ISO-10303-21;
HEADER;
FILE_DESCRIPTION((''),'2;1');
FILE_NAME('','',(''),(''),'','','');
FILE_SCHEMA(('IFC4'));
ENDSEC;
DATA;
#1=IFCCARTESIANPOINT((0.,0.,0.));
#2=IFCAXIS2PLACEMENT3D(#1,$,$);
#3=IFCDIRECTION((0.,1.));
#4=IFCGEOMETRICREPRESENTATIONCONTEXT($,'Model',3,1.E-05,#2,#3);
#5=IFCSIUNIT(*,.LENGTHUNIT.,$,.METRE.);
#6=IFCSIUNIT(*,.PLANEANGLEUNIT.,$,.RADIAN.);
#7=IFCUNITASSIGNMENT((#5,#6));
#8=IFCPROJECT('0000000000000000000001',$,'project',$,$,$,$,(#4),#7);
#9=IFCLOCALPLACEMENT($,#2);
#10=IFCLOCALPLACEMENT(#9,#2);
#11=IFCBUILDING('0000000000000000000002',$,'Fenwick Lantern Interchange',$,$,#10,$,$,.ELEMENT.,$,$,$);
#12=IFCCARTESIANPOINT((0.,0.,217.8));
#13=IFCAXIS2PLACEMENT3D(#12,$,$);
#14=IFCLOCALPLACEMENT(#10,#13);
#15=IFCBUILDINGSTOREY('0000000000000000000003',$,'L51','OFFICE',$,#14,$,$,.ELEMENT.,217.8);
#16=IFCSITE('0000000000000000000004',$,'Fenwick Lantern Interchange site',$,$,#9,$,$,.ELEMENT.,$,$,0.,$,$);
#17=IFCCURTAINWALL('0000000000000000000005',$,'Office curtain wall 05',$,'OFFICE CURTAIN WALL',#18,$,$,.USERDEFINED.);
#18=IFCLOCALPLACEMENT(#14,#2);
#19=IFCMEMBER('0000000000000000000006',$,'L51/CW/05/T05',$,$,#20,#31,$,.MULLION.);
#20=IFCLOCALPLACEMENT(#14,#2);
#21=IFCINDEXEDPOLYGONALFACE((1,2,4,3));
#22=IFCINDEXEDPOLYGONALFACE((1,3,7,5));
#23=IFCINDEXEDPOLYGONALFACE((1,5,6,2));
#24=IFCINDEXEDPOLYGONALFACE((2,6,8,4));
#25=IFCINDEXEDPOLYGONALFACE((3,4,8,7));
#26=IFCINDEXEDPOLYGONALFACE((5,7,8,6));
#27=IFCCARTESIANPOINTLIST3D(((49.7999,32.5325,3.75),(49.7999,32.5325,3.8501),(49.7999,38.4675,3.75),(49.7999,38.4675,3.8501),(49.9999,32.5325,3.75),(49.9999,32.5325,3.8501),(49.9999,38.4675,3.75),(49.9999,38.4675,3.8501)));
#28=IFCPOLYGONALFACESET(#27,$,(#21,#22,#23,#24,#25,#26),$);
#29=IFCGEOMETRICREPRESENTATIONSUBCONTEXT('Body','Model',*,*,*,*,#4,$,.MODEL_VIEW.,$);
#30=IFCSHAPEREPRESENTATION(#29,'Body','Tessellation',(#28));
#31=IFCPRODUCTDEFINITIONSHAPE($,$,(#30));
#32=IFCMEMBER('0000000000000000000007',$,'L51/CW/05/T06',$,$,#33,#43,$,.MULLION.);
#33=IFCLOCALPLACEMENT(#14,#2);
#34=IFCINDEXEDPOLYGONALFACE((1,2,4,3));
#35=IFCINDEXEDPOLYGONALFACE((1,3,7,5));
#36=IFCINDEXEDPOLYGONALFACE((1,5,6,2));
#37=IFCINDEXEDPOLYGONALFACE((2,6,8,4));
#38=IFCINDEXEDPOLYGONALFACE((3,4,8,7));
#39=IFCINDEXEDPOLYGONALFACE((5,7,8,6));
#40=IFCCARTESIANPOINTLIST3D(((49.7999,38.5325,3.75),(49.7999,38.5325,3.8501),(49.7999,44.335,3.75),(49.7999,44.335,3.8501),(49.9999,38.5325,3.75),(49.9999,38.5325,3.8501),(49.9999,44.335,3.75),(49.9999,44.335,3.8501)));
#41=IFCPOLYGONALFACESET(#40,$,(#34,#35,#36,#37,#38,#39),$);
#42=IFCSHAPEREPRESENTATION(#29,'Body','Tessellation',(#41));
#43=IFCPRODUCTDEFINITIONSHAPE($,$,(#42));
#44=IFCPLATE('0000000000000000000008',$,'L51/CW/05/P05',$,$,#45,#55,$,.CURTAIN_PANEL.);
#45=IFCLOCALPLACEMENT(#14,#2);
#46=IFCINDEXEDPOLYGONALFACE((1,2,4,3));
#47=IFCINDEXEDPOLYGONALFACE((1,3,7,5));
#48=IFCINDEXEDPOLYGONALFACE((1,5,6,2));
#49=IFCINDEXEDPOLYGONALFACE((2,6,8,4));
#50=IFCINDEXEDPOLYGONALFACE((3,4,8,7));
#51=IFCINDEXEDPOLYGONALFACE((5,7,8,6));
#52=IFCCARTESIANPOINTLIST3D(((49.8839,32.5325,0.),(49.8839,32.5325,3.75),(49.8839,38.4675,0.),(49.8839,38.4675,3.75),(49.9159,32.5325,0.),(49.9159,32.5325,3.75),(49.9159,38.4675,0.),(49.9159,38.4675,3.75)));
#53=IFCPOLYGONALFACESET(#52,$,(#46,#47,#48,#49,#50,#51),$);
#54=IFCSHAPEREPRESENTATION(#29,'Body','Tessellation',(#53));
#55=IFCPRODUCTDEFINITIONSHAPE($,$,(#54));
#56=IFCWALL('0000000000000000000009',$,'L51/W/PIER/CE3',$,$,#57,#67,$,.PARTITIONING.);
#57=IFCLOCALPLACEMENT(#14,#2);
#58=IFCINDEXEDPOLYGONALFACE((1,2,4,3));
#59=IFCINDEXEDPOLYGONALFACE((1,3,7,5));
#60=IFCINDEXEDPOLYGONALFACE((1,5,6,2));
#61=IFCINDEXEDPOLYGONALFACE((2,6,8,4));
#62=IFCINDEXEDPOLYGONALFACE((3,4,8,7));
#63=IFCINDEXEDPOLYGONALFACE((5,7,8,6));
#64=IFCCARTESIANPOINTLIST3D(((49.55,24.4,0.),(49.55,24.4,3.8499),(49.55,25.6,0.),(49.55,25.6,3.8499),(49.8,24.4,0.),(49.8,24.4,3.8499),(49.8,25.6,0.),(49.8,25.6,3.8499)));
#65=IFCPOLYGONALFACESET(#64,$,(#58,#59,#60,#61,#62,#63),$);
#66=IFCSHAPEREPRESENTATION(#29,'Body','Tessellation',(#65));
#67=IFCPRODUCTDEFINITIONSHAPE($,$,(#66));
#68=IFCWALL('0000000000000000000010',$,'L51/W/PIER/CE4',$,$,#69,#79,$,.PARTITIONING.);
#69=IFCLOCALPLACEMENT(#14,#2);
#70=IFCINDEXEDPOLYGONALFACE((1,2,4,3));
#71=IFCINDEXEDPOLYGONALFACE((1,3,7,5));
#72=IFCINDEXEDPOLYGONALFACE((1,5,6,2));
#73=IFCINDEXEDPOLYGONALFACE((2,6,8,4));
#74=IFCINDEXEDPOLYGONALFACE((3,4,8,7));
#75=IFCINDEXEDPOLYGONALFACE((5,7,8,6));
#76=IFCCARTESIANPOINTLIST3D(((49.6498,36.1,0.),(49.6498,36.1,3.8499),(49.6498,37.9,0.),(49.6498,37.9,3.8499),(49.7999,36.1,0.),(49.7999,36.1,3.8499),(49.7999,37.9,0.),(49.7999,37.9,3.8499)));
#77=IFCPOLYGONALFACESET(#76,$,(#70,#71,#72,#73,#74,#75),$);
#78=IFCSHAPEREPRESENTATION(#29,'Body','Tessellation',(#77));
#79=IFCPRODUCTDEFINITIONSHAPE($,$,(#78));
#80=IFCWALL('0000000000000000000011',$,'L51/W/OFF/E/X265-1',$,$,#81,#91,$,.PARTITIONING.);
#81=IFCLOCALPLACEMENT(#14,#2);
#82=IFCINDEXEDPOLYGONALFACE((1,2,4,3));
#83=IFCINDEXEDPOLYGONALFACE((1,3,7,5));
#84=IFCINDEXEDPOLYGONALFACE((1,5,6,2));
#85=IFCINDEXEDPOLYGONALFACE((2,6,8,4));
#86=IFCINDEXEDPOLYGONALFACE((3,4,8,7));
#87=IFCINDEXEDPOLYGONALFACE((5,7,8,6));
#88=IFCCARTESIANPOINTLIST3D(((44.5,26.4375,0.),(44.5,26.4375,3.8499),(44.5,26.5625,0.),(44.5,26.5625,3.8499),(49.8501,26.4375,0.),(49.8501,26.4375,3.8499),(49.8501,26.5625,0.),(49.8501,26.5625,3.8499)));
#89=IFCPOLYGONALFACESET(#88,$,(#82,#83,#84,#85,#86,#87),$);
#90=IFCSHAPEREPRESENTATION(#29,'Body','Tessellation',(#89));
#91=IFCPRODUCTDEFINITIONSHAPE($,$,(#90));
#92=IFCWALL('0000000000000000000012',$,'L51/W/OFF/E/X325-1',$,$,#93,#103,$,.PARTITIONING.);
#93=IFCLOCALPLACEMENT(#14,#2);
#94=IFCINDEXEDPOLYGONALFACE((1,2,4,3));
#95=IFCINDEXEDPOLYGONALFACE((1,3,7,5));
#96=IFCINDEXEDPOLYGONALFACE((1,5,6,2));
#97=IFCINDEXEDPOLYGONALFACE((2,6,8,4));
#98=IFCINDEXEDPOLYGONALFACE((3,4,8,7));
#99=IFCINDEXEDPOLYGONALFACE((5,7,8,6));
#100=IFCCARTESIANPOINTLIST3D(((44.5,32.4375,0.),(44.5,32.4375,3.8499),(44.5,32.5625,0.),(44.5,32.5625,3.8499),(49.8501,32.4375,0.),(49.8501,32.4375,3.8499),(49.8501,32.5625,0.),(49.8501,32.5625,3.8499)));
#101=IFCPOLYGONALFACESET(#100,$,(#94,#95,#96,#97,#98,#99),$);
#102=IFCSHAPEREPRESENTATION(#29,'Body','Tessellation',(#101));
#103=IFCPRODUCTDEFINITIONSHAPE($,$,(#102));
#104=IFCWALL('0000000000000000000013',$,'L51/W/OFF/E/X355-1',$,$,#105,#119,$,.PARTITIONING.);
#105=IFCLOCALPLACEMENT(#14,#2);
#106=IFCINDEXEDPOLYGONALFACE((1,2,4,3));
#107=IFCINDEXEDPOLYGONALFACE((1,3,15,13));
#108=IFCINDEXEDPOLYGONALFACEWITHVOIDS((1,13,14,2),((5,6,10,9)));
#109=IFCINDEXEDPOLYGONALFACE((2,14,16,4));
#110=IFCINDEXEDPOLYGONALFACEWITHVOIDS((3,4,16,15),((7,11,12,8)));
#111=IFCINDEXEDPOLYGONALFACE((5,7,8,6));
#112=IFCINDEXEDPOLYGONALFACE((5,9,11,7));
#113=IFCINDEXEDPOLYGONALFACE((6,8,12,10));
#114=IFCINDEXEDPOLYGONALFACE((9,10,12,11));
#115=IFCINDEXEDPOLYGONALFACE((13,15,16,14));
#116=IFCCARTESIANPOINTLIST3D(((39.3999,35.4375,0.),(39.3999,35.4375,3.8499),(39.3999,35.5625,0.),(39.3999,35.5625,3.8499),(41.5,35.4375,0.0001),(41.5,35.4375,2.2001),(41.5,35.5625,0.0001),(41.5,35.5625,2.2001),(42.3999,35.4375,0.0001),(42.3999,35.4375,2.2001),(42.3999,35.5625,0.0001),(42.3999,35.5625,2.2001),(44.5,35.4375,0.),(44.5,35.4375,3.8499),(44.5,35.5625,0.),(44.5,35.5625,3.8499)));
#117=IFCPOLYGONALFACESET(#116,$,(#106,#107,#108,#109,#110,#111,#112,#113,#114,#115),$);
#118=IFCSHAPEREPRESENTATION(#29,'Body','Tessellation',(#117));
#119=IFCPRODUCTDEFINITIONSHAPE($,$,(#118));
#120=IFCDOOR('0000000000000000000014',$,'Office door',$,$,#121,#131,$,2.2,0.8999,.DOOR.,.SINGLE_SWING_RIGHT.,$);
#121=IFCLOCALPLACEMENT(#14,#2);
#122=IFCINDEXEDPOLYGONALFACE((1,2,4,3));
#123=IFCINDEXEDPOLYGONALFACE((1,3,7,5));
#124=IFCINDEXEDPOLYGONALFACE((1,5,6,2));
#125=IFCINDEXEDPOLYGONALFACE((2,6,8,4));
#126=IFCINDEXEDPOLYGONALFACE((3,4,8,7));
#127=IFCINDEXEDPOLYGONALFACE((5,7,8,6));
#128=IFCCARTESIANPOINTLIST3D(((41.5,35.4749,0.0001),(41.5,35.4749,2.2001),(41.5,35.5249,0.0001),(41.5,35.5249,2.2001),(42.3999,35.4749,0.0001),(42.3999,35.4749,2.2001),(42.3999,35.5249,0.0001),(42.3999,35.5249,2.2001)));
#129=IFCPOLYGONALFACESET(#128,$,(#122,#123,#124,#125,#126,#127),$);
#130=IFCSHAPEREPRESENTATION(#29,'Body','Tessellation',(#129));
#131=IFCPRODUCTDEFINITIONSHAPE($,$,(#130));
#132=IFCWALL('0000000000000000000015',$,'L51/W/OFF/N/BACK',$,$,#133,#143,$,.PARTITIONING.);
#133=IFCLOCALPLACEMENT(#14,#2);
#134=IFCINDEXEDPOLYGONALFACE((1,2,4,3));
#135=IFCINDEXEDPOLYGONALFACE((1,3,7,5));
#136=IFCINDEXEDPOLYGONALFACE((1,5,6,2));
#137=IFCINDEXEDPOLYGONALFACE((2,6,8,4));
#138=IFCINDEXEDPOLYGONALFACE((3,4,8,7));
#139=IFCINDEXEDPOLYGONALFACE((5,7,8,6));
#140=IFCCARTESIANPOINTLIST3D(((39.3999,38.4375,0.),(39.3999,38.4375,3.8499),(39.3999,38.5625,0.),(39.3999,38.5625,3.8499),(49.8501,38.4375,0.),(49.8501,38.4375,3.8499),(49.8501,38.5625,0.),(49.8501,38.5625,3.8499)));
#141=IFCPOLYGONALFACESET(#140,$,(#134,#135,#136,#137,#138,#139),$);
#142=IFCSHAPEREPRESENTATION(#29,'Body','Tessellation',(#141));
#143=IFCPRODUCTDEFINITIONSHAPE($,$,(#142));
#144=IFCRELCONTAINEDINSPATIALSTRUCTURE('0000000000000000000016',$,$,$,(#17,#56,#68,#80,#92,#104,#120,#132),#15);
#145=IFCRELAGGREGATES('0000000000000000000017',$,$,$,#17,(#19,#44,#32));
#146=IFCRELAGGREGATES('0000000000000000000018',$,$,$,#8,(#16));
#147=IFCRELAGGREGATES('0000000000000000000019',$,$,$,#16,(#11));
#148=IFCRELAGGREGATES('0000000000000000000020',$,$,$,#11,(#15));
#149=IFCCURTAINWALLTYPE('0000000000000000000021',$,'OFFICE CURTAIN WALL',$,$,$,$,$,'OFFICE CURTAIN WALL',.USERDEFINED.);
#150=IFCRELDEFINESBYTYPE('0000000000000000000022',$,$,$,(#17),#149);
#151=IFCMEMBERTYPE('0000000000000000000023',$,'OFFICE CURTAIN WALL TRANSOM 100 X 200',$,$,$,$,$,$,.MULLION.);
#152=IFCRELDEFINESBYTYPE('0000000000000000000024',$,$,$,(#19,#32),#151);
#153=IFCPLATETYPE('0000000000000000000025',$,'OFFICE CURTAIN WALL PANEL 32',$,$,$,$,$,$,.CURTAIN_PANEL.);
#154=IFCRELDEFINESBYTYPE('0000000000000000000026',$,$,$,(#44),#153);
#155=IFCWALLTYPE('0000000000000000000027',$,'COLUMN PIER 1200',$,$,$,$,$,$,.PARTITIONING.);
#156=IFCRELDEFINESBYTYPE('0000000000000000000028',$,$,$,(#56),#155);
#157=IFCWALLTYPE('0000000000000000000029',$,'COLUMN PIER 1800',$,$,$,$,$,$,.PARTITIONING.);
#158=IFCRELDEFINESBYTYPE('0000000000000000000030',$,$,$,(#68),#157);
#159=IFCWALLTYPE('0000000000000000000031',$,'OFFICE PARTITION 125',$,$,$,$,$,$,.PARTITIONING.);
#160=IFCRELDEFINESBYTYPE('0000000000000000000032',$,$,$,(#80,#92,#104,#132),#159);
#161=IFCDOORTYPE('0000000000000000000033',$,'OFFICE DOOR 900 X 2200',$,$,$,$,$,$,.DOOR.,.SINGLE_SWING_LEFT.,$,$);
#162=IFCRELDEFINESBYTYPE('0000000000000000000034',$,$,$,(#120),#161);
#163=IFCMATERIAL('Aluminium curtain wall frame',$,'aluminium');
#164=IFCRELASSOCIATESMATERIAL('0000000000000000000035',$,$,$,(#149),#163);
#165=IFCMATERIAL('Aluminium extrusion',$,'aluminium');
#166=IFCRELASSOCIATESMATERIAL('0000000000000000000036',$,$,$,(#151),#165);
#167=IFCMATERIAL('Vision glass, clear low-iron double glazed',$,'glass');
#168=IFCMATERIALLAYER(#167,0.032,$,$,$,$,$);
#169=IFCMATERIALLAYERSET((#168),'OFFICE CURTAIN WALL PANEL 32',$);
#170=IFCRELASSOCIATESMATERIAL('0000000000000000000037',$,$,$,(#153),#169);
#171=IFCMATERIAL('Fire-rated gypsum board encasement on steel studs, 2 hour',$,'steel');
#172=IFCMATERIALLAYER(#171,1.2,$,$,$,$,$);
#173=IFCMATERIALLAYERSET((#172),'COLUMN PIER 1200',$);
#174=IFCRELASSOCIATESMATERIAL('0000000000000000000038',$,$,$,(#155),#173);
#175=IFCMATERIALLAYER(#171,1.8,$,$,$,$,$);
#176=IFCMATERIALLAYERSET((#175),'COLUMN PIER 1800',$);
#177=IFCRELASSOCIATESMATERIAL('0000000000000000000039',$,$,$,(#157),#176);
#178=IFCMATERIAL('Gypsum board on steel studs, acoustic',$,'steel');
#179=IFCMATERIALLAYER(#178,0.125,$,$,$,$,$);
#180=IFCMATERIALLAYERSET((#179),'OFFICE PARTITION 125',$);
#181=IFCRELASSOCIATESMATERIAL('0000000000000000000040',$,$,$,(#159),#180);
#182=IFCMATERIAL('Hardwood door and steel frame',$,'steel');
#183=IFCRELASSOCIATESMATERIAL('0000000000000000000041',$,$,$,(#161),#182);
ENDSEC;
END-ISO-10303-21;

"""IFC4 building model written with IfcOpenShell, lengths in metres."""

from ifc_helpers import new_model, si_unit, direction, frame, frame_2d, origin, origin_2d, place, context, subcontext, project, spatial, rectangle, extrude, material, layer, layer_set, material_profile, profile_set, type_object, element, fill, aggregate, save


model = new_model("IFC4")

# Units and contexts
model_context = context("Model", 3, precision=1e-05, world=origin(), true_north=direction((0.0, 1.0)))
body_context = subcontext(model_context, "Body", "Model", "MODEL_VIEW")
ifc_project = project(units=[si_unit("LENGTHUNIT", "METRE"), si_unit("PLANEANGLEUNIT", "RADIAN")], contexts=[model_context])

# Site, building, storey
site_placement = place(None, origin())
site = spatial("IfcSite", under=ifc_project, at=site_placement, Name="Fenwick Lantern Interchange site", CompositionType="ELEMENT", RefElevation=0.0)
building_placement = place(site_placement, origin())
building = spatial("IfcBuilding", under=site, at=building_placement, Name="Fenwick Lantern Interchange", CompositionType="ELEMENT")
storey_placement = place(building_placement, frame((0.0, 0.0, 217.8)))
storey = spatial("IfcBuildingStorey", under=building, at=storey_placement, Name="L51", Description="OFFICE", CompositionType="ELEMENT", Elevation=217.8)

# Curtain wall, members, plate
ifc_material_1 = material(Name="Aluminium curtain wall frame", Category="aluminium")
curtain_wall_type = type_object("IfcCurtainWallType", Name="OFFICE CURTAIN WALL", ElementType="OFFICE CURTAIN WALL", PredefinedType="USERDEFINED", material=ifc_material_1)
curtain_wall_placement = place(storey_placement, origin())
curtain_wall = element("IfcCurtainWall", 1, at=curtain_wall_placement, inside=storey, type_object=curtain_wall_type, Name="Office curtain wall 05", ObjectType="OFFICE CURTAIN WALL", PredefinedType="USERDEFINED")
ifc_material_2 = material(Name="Aluminium extrusion", Category="aluminium")
ifc_material_profile_1 = material_profile(ifc_material_2, rectangle(XDim=0.2, YDim=0.1001, at=origin_2d()), Name="OFFICE CURTAIN WALL TRANSOM 100 X 200")
ifc_profile_set_1 = profile_set([ifc_material_profile_1], Name="Aluminium extrusion")
member_type_1 = type_object("IfcMemberType", Name="OFFICE CURTAIN WALL TRANSOM 100 X 200", PredefinedType="MULLION", material=ifc_profile_set_1)
member_1_placement = place(storey_placement, frame((49.8999, 32.5325, 3.8), z_axis=(0.0, 1.0, 0.0), x_axis=(-1.0, 0.0, 0.0)))
member_1 = element("IfcMember", 2, at=member_1_placement, type_object=member_type_1, Name="L51/CW/05/T05", PredefinedType="MULLION", context=body_context, shape_type="SweptSolid", body=[
    extrude(rectangle(XDim=0.2, YDim=0.1001, at=origin_2d()), origin(), (0.0, 0.0, 1.0), 5.9351),
])
member_2_placement = place(storey_placement, frame((49.8999, 38.5325, 3.8), z_axis=(0.0, 1.0, 0.0), x_axis=(-1.0, 0.0, 0.0)))
member_2 = element("IfcMember", 3, at=member_2_placement, type_object=member_type_1, Name="L51/CW/05/T06", PredefinedType="MULLION", context=body_context, shape_type="SweptSolid", body=[
    extrude(rectangle(XDim=0.2, YDim=0.1001, at=origin_2d()), origin(), (0.0, 0.0, 1.0), 5.8025),
])
ifc_material_3 = material(Name="Vision glass, clear low-iron double glazed", Category="glass")
ifc_layer_1 = layer(ifc_material_3, 0.032)
ifc_layer_set_1 = layer_set([ifc_layer_1], Name="OFFICE CURTAIN WALL PANEL 32")
plate_type = type_object("IfcPlateType", Name="OFFICE CURTAIN WALL PANEL 32", PredefinedType="CURTAIN_PANEL", material=ifc_layer_set_1)
plate_placement = place(storey_placement, frame((49.8999, 35.5, 0.0), z_axis=(0.0, 0.0, 1.0), x_axis=(0.0, 1.0, 0.0)))
plate = element("IfcPlate", 4, at=plate_placement, type_object=plate_type, Name="L51/CW/05/P05", PredefinedType="CURTAIN_PANEL", context=body_context, shape_type="SweptSolid", body=[
    extrude(rectangle(XDim=5.9351, YDim=0.032, at=origin_2d()), origin(), (0.0, 0.0, 1.0), 3.75),
])
aggregate(curtain_wall, [member_1, plate, member_2])

# Walls
ifc_material_4 = material(Name="Fire-rated gypsum board encasement on steel studs, 2 hour", Category="steel")
ifc_layer_2 = layer(ifc_material_4, 1.2)
ifc_layer_set_2 = layer_set([ifc_layer_2], Name="COLUMN PIER 1200")
wall_type_1 = type_object("IfcWallType", Name="COLUMN PIER 1200", PredefinedType="PARTITIONING", material=ifc_layer_set_2)
wall_1_placement = place(storey_placement, frame((49.8, 25.0, 0.0), z_axis=(0.0, 0.0, 1.0), x_axis=(-1.0, 0.0, 0.0)))
element("IfcWall", 5, at=wall_1_placement, inside=storey, type_object=wall_type_1, Name="L51/W/PIER/CE3", PredefinedType="PARTITIONING", context=body_context, shape_type="SweptSolid", body=[
    extrude(rectangle(XDim=0.25, YDim=1.2, at=frame_2d((0.125, 0.0))), origin(), (0.0, 0.0, 1.0), 3.8499),
])
ifc_layer_3 = layer(ifc_material_4, 1.8)
ifc_layer_set_3 = layer_set([ifc_layer_3], Name="COLUMN PIER 1800")
wall_type_2 = type_object("IfcWallType", Name="COLUMN PIER 1800", PredefinedType="PARTITIONING", material=ifc_layer_set_3)
wall_2_placement = place(storey_placement, frame((49.8, 37.0, 0.0), z_axis=(0.0, 0.0, 1.0), x_axis=(-1.0, 0.0, 0.0)))
element("IfcWall", 6, at=wall_2_placement, inside=storey, type_object=wall_type_2, Name="L51/W/PIER/CE4", PredefinedType="PARTITIONING", context=body_context, shape_type="SweptSolid", body=[
    extrude(rectangle(XDim=0.1501, YDim=1.8, at=frame_2d((0.0752, 0.0))), origin(), (0.0, 0.0, 1.0), 3.8499),
])
ifc_material_5 = material(Name="Gypsum board on steel studs, acoustic", Category="steel")
ifc_layer_4 = layer(ifc_material_5, 0.125)
ifc_layer_set_4 = layer_set([ifc_layer_4], Name="OFFICE PARTITION 125")
wall_type_3 = type_object("IfcWallType", Name="OFFICE PARTITION 125", PredefinedType="PARTITIONING", material=ifc_layer_set_4)
for number, where, z_axis, x_axis, name in (
    (7, (49.8501, 26.5, 0.0), (0.0, 0.0, 1.0), (-1.0, 0.0, 0.0), "L51/W/OFF/E/X265-1"),
    (8, (49.8501, 32.5, 0.0), (0.0, 0.0, 1.0), (-1.0, 0.0, 0.0), "L51/W/OFF/E/X325-1"),
):
    element("IfcWall", number, at=place(storey_placement, frame(where, z_axis=z_axis, x_axis=x_axis)), inside=storey, type_object=wall_type_3, Name=name, PredefinedType="PARTITIONING", context=body_context, shape_type="SweptSolid", body=[
        extrude(rectangle(XDim=5.3501, YDim=0.125, at=frame_2d((2.675, 0.0))), origin(), (0.0, 0.0, 1.0), 3.8499),
    ])

# Wall, opening, door
wall_3_placement = place(storey_placement, frame((44.5, 35.5, 0.0), z_axis=(0.0, 0.0, 1.0), x_axis=(-1.0, 0.0, 0.0)))
wall_3 = element("IfcWall", 9, at=wall_3_placement, inside=storey, type_object=wall_type_3, Name="L51/W/OFF/E/X355-1", PredefinedType="PARTITIONING", context=body_context, shape_type="SweptSolid", body=[
    extrude(rectangle(XDim=5.1001, YDim=0.125, at=frame_2d((2.55, 0.0))), origin(), (0.0, 0.0, 1.0), 3.8499),
])
opening_placement = place(wall_3_placement, frame((2.1001, 0.0, 0.0)))
opening = element("IfcOpeningElement", 10, at=opening_placement, cuts=wall_3, PredefinedType="OPENING", context=body_context, shape_type="SweptSolid", body=[
    extrude(rectangle(XDim=0.8999, YDim=2.2, at=frame_2d((0.45, 1.1001))), frame((0.0, 0.0725, 0.0), z_axis=(0.0, -1.0, 0.0), x_axis=(1.0, 0.0, 0.0)), (0.0, 0.0, 1.0), 0.145),
])
ifc_material_6 = material(Name="Hardwood door and steel frame", Category="steel")
door_type = type_object("IfcDoorType", Name="OFFICE DOOR 900 X 2200", OperationType="SINGLE_SWING_LEFT", PredefinedType="DOOR", material=ifc_material_6)
door_placement = place(opening_placement, frame((0.8999, 0.0, 0.0), z_axis=(0.0, 0.0, 1.0), x_axis=(-1.0, 0.0, 0.0)))
door = element("IfcDoor", 11, at=door_placement, inside=storey, type_object=door_type, Name="Office door", OperationType="SINGLE_SWING_RIGHT", OverallHeight=2.2, OverallWidth=0.8999, PredefinedType="DOOR", context=body_context, shape_type="SweptSolid", body=[
    extrude(rectangle(XDim=0.8999, YDim=2.2, at=frame_2d((0.45, 1.1001))), frame((0.0, 0.0249, 0.0), z_axis=(0.0, -1.0, 0.0), x_axis=(1.0, 0.0, 0.0)), (0.0, 0.0, 1.0), 0.05),
])
fill(opening, door)

# Wall
wall_4_placement = place(storey_placement, frame((49.8501, 38.5, 0.0), z_axis=(0.0, 0.0, 1.0), x_axis=(-1.0, 0.0, 0.0)))
element("IfcWall", 12, at=wall_4_placement, inside=storey, type_object=wall_type_3, Name="L51/W/OFF/N/BACK", PredefinedType="PARTITIONING", context=body_context, shape_type="SweptSolid", body=[
    extrude(rectangle(XDim=10.4502, YDim=0.125, at=frame_2d((5.2251, 0.0))), origin(), (0.0, 0.0, 1.0), 3.8499),
])

save(model, "model.ifc")
